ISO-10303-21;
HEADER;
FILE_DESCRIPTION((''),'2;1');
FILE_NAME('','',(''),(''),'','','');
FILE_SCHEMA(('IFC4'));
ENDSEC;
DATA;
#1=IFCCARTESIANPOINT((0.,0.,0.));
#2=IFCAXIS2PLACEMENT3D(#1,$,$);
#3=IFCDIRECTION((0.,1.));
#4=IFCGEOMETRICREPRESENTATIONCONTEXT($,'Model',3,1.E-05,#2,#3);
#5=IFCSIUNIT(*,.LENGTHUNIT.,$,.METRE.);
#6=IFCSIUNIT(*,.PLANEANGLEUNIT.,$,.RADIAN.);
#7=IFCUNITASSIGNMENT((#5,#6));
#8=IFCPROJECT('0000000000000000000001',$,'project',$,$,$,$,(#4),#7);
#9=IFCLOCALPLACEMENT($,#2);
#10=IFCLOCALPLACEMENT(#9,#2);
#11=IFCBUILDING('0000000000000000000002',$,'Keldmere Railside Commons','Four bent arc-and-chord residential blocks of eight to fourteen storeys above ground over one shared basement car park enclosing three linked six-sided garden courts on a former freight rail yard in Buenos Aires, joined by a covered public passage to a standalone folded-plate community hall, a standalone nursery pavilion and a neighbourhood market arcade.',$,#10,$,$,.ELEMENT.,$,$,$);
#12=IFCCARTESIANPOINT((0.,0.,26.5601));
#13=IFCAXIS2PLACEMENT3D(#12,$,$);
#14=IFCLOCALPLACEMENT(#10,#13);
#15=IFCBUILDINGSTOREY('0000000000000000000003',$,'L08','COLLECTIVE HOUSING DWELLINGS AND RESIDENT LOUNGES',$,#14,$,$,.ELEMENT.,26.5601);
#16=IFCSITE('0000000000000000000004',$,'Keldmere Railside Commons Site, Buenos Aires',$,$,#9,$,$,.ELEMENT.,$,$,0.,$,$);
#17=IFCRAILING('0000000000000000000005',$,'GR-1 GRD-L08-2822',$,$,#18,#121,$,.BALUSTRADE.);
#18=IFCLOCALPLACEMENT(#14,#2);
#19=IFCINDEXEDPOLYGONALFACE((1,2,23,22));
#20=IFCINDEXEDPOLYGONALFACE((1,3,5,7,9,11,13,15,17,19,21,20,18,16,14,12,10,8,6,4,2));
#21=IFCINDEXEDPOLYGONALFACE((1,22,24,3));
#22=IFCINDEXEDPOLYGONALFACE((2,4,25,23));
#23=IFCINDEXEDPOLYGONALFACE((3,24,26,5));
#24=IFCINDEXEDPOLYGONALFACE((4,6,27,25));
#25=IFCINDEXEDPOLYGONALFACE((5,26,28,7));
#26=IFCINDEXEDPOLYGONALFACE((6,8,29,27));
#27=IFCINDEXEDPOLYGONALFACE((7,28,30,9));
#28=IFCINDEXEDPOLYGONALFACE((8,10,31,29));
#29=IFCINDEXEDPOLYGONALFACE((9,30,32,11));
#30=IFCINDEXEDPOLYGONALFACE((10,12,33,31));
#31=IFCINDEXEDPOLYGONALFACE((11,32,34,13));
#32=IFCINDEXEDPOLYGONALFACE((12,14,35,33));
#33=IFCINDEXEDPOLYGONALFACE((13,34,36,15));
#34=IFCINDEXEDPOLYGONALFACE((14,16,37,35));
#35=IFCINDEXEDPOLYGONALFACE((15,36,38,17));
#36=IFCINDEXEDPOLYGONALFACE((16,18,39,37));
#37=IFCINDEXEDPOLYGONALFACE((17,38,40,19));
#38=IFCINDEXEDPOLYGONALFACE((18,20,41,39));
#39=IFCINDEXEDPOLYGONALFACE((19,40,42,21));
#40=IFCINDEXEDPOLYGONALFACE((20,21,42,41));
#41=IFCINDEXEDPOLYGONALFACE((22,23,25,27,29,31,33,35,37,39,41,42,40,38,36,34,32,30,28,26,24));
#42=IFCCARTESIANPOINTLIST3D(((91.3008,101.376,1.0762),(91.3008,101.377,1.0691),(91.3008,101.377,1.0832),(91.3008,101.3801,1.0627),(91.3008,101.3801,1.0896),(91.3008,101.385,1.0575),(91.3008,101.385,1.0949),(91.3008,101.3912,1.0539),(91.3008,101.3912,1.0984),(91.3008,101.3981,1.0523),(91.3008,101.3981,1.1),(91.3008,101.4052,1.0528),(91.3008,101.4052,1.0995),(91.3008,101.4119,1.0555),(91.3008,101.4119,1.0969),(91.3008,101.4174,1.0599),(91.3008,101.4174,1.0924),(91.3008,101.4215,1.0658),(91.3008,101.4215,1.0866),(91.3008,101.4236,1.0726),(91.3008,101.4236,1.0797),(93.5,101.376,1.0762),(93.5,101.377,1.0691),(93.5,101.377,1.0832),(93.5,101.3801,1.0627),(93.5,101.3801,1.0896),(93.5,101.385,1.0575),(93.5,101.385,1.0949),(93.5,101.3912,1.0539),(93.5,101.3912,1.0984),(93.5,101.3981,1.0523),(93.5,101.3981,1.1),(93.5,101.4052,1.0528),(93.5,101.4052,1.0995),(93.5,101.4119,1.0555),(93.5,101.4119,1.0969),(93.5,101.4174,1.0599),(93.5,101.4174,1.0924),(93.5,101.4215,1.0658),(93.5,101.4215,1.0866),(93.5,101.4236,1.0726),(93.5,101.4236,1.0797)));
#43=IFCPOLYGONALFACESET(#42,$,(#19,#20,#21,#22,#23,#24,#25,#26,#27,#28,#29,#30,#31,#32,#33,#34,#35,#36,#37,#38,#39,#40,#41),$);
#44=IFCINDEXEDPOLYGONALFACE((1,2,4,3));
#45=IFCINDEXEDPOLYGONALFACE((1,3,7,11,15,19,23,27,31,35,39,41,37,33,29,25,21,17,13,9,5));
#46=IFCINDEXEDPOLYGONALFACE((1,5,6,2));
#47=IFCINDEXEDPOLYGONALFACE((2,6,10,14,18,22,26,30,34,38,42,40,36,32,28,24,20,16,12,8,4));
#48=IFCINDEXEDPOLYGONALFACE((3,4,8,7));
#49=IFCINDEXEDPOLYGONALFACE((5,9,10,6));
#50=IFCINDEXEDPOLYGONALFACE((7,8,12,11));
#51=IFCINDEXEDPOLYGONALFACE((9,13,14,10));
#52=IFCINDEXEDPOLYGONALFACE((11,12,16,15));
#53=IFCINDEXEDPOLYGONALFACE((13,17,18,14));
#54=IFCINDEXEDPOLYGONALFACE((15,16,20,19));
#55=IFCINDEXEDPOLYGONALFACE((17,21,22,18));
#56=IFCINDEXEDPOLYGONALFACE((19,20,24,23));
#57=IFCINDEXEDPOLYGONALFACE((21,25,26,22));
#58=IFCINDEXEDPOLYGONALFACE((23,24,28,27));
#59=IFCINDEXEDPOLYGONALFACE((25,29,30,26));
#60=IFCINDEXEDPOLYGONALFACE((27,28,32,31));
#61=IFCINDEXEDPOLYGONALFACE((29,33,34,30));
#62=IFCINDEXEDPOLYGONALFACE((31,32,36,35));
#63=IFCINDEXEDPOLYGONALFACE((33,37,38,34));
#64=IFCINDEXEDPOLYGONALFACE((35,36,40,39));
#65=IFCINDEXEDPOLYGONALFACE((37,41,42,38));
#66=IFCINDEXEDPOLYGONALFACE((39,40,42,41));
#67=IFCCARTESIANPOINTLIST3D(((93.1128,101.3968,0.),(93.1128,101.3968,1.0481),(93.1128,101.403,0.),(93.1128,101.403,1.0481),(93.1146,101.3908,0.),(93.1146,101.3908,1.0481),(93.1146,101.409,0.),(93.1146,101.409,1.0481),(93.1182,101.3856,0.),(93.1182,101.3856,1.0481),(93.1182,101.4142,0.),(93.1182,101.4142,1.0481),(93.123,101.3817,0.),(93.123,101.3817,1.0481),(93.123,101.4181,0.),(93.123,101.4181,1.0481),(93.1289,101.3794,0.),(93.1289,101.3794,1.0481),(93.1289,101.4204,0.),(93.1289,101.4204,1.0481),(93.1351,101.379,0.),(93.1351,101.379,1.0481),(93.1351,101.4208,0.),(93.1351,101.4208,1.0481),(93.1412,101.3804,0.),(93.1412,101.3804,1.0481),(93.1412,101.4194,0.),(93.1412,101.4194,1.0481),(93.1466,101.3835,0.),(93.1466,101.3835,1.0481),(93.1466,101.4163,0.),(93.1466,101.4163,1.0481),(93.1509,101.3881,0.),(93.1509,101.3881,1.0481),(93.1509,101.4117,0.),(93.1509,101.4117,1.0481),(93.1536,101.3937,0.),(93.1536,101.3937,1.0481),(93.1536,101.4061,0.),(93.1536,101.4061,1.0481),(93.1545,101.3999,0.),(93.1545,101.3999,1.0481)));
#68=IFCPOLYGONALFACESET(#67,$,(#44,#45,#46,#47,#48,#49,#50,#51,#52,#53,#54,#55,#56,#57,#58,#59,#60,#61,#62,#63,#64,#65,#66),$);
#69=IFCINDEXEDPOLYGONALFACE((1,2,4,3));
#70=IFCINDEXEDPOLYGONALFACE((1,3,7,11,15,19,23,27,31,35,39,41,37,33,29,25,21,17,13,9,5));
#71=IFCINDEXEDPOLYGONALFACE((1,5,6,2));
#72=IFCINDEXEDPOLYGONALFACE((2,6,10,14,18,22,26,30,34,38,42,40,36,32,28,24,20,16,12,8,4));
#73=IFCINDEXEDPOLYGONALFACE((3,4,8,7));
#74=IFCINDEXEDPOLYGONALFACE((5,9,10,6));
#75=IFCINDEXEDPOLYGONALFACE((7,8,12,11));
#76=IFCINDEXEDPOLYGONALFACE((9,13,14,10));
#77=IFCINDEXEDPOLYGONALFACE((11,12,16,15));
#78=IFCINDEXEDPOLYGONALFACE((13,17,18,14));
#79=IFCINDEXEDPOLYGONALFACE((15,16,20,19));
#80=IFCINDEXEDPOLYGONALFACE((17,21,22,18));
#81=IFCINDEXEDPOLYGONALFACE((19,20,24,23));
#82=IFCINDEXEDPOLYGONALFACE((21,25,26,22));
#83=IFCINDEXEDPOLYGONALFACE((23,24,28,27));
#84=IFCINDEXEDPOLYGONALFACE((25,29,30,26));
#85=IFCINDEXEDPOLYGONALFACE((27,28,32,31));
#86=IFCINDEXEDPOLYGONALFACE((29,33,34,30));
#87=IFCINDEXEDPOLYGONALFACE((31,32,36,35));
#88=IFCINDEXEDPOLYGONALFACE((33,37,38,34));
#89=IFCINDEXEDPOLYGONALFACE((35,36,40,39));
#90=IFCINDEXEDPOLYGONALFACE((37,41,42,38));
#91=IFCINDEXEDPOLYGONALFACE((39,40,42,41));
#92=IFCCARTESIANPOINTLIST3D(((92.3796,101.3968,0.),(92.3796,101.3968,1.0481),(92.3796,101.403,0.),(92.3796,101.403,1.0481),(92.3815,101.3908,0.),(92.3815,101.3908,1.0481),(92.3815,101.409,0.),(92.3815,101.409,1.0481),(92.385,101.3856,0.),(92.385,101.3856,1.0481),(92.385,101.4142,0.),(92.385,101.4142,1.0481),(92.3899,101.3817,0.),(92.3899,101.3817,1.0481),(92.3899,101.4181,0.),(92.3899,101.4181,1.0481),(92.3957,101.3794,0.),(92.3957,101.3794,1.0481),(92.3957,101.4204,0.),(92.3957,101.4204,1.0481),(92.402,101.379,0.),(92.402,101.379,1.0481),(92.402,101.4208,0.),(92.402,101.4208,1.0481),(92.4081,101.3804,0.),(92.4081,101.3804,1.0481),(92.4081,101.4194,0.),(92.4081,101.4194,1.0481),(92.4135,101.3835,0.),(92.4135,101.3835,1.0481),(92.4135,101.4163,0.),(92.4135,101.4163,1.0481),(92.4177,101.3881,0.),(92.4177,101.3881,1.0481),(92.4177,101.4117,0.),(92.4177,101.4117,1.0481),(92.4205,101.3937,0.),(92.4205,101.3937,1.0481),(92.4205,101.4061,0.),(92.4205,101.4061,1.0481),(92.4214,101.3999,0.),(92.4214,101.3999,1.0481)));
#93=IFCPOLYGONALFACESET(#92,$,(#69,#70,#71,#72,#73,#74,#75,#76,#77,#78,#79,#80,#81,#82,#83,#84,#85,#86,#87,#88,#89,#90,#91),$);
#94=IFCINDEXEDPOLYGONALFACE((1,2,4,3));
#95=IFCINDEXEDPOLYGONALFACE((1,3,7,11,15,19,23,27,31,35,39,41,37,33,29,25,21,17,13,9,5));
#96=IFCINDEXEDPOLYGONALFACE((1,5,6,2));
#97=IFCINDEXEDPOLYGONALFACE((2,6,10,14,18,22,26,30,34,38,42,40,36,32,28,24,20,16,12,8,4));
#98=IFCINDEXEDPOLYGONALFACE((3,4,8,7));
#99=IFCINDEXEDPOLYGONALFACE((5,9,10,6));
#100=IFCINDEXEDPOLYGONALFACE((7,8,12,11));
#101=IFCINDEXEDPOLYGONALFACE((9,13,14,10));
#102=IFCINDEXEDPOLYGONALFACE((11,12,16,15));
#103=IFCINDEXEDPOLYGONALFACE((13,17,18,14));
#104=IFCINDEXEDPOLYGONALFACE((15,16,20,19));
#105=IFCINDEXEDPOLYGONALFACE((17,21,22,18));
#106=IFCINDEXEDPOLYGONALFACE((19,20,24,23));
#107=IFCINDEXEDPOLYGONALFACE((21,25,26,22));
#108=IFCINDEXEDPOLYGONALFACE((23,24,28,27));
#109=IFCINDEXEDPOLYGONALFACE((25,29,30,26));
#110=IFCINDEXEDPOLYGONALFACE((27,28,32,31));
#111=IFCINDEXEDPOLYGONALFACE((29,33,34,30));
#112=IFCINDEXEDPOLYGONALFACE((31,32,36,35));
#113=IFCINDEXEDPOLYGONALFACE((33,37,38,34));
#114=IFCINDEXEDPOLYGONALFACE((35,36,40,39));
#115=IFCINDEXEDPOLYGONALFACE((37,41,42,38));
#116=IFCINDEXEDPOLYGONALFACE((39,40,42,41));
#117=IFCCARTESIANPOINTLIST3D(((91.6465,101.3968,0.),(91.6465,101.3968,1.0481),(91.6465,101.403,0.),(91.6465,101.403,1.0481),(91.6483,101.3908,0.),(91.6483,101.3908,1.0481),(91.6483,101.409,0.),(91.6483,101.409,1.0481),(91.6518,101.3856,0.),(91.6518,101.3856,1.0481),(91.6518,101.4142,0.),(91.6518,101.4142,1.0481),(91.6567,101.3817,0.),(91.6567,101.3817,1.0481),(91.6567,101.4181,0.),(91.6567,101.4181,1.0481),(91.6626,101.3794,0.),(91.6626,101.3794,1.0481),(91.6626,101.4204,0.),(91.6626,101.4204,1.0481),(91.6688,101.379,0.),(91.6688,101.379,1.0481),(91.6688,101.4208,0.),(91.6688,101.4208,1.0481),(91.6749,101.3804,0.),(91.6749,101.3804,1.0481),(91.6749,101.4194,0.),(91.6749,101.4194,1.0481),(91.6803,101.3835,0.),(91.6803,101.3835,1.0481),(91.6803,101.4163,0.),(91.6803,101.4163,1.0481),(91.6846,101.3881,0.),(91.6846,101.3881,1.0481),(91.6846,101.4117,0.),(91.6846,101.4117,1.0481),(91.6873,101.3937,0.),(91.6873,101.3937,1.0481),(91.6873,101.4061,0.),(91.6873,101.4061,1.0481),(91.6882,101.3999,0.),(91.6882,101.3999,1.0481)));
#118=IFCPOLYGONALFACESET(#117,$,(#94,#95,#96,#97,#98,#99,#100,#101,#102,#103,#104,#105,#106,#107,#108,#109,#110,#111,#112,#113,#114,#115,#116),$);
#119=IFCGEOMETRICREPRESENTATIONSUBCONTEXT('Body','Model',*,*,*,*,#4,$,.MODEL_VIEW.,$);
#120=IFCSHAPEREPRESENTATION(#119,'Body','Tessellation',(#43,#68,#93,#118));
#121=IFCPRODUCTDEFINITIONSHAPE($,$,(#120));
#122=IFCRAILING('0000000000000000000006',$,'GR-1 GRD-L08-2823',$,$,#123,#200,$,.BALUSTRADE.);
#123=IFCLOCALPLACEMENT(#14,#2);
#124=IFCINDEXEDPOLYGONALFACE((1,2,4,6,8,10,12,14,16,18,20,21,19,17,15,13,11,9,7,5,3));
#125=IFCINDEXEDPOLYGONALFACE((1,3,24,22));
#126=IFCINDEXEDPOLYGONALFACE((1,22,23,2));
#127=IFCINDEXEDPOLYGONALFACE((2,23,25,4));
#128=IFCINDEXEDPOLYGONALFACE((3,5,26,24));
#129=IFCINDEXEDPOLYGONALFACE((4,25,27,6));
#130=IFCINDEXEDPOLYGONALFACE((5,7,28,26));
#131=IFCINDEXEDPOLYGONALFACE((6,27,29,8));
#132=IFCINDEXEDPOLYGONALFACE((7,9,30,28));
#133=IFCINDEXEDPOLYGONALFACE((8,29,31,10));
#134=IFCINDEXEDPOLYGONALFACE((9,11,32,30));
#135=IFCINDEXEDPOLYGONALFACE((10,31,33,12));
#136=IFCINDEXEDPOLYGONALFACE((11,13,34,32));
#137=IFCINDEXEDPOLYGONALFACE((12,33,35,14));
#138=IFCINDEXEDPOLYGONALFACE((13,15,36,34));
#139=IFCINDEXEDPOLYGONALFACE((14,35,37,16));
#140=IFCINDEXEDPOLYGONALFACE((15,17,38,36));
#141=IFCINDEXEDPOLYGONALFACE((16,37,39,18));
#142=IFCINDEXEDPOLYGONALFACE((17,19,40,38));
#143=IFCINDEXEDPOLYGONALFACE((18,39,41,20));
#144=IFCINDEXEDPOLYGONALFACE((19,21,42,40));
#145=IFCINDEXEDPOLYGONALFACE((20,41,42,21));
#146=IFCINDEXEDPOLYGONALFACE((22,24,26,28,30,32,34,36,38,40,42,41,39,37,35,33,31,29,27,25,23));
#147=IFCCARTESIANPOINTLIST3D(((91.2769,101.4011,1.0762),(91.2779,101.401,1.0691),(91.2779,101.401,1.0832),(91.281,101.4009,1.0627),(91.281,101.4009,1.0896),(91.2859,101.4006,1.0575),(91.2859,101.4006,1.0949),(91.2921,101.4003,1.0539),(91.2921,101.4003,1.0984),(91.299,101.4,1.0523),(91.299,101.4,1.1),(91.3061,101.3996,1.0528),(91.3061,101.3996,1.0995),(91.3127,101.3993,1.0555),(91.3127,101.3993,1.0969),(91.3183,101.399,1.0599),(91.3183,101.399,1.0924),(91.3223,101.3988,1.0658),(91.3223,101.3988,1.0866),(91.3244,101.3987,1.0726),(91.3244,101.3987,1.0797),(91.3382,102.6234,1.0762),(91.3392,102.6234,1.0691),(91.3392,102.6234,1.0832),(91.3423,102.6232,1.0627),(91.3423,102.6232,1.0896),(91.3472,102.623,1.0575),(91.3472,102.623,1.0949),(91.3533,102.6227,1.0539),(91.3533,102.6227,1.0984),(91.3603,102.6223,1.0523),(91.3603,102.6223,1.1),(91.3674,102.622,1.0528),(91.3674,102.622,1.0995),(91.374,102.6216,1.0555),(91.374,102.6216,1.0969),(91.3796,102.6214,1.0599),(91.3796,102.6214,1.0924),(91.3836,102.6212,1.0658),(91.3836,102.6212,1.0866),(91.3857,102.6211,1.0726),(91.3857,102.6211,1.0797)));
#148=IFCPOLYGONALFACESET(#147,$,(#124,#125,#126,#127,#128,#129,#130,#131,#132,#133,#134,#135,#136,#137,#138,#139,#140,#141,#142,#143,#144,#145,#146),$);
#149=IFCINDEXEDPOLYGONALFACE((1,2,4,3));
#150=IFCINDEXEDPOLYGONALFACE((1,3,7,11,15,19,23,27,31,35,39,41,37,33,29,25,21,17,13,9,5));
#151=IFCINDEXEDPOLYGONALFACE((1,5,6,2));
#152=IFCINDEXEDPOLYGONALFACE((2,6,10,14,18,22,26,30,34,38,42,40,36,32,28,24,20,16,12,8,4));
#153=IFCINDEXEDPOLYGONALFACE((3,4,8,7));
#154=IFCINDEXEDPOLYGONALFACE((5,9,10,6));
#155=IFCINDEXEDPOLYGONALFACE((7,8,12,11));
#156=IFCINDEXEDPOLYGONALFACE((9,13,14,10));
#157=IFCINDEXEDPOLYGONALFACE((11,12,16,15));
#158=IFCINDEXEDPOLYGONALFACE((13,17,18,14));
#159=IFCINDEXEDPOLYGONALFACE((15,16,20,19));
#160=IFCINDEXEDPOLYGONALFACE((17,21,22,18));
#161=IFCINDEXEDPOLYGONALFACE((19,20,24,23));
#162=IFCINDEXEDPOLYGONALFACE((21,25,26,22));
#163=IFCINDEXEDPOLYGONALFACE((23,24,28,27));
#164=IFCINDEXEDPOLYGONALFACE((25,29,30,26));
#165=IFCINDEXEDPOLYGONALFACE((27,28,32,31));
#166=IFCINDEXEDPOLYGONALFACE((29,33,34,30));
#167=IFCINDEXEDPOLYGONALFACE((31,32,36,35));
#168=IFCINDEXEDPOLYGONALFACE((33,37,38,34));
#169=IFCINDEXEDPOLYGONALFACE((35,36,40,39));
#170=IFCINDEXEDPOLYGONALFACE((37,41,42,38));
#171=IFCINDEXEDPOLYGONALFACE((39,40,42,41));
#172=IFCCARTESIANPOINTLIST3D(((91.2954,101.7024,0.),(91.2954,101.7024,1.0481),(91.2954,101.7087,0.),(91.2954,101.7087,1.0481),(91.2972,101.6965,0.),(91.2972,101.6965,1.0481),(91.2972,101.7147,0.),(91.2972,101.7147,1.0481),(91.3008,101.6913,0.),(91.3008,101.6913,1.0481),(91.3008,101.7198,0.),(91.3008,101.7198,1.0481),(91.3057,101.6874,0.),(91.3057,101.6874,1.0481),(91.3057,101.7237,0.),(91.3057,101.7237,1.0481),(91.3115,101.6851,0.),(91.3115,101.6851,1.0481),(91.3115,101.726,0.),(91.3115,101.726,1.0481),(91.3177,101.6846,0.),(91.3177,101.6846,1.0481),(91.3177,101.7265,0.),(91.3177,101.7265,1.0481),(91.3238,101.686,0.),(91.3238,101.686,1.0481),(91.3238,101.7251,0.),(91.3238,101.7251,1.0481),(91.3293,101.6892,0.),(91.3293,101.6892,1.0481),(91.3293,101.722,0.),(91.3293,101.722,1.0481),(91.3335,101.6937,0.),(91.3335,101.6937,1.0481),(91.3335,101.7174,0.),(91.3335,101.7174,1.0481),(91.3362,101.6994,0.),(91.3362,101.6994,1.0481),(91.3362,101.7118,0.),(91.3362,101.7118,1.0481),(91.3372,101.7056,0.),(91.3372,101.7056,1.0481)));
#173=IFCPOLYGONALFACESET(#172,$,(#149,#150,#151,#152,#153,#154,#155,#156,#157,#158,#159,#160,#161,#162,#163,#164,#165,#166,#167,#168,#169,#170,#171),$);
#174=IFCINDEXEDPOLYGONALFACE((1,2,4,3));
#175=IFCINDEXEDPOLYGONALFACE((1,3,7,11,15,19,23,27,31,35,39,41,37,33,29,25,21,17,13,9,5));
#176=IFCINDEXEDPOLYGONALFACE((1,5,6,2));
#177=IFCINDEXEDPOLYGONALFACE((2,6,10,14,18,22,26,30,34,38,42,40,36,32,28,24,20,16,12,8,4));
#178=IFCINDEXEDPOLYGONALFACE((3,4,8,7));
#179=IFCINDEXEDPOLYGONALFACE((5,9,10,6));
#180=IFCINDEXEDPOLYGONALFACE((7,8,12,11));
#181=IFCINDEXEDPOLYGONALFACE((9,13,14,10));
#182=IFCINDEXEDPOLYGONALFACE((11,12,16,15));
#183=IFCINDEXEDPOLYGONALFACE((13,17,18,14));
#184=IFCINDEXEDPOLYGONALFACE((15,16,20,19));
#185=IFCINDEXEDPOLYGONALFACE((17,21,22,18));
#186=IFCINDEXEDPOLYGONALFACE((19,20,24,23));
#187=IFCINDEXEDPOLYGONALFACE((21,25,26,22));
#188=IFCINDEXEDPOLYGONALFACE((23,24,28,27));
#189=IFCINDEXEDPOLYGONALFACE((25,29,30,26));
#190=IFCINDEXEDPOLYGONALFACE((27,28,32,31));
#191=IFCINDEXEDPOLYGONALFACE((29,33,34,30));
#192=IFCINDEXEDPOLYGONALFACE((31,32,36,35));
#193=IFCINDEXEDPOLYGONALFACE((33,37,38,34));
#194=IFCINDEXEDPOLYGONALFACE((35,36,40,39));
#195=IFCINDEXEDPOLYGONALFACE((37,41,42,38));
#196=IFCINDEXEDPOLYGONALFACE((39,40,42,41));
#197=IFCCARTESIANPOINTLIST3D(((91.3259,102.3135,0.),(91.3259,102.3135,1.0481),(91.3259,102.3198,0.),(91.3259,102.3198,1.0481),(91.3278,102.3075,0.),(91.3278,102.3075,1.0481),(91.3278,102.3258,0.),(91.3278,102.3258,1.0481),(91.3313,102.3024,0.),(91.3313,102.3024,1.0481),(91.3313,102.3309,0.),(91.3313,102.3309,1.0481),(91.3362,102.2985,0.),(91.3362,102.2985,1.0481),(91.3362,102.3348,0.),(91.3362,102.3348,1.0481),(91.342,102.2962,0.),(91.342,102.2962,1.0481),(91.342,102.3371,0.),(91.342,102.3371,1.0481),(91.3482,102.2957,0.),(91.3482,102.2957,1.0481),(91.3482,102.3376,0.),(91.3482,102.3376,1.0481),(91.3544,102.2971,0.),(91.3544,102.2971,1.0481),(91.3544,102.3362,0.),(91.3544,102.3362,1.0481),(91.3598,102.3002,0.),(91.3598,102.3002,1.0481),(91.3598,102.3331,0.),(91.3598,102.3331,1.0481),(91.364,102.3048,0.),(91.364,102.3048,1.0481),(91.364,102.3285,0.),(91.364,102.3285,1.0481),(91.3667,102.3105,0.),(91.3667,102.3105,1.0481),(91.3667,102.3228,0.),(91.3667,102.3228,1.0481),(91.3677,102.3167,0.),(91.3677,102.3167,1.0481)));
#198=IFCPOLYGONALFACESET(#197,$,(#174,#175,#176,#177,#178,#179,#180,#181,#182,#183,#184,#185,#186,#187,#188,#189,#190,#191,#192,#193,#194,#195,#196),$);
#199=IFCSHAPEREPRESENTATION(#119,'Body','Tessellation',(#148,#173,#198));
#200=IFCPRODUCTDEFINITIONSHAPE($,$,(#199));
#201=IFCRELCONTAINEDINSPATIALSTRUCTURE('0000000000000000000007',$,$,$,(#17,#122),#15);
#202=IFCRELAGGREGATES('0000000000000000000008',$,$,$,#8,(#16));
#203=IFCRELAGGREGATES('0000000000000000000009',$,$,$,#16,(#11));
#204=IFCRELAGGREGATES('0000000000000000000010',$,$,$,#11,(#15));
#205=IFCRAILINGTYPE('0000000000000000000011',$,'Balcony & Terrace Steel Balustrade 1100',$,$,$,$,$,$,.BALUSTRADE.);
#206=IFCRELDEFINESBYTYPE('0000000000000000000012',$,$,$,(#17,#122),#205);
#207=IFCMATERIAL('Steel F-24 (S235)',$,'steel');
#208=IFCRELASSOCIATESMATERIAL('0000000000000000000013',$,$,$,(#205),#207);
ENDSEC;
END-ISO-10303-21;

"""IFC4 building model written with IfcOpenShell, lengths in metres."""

from ifc_helpers import new_model, si_unit, direction, frame, origin, origin_2d, place, context, subcontext, project, spatial, circle, extrude, material, type_object, element, save


model = new_model("IFC4")

# Units and contexts
model_context = context("Model", 3, precision=1e-05, world=origin(), true_north=direction((0.0, 1.0)))
body_context = subcontext(model_context, "Body", "Model", "MODEL_VIEW")
ifc_project = project(units=[si_unit("LENGTHUNIT", "METRE"), si_unit("PLANEANGLEUNIT", "RADIAN")], contexts=[model_context])

# Site, building, storey
site_placement = place(None, origin())
site = spatial("IfcSite", under=ifc_project, at=site_placement, Name="Keldmere Railside Commons Site, Buenos Aires", CompositionType="ELEMENT", RefElevation=0.0)
building_placement = place(site_placement, origin())
building = spatial("IfcBuilding", under=site, at=building_placement, Name="Keldmere Railside Commons", Description="Four bent arc-and-chord residential blocks of eight to fourteen storeys above ground over one shared basement car park enclosing three linked six-sided garden courts on a former freight rail yard in Buenos Aires, joined by a covered public passage to a standalone folded-plate community hall, a standalone nursery pavilion and a neighbourhood market arcade.", CompositionType="ELEMENT")
storey_placement = place(building_placement, frame((0.0, 0.0, 26.5601)))
storey = spatial("IfcBuildingStorey", under=building, at=storey_placement, Name="L08", Description="COLLECTIVE HOUSING DWELLINGS AND RESIDENT LOUNGES", CompositionType="ELEMENT", Elevation=26.5601)

# Railings
ifc_material_1 = material(Name="Steel F-24 (S235)", Category="steel")
railing_type = type_object("IfcRailingType", Name="Balcony & Terrace Steel Balustrade 1100", PredefinedType="BALUSTRADE", material=ifc_material_1)
railing_1_placement = place(storey_placement, frame((93.5, 101.3999, 0.0)))
element("IfcRailing", 1, at=railing_1_placement, inside=storey, type_object=railing_type, Name="GR-1 GRD-L08-2822", PredefinedType="BALUSTRADE", context=body_context, shape_type="SweptSolid", body=[
    extrude(circle(Radius=0.0239, at=origin_2d()), frame((0.0, 0.0, 1.0762), z_axis=(-1.0, 0.0, 0.0), x_axis=(0.0, -1.0, 0.0)), (0.0, 0.0, 1.0), 2.1992),
    extrude(circle(Radius=0.021, at=origin_2d()), frame((-0.3665, 0.0, 0.0)), (0.0, 0.0, 1.0), 1.0481),
    extrude(circle(Radius=0.021, at=origin_2d()), frame((-1.0996, 0.0, 0.0)), (0.0, 0.0, 1.0), 1.0481),
    extrude(circle(Radius=0.021, at=origin_2d()), frame((-1.8328, 0.0, 0.0)), (0.0, 0.0, 1.0), 1.0481),
])
railing_2_placement = place(storey_placement, frame((91.3008, 101.3999, 0.0)))
element("IfcRailing", 2, at=railing_2_placement, inside=storey, type_object=railing_type, Name="GR-1 GRD-L08-2823", PredefinedType="BALUSTRADE", context=body_context, shape_type="SweptSolid", body=[
    extrude(circle(Radius=0.0239, at=origin_2d()), frame((0.0, 0.0, 1.0762), z_axis=(0.050067, 0.998746, 0.0), x_axis=(-0.998746, 0.050067, 0.0)), (0.0, 0.0, 1.0), 1.2239),
    extrude(circle(Radius=0.021, at=origin_2d()), frame((0.0154, 0.3057, 0.0)), (0.0, 0.0, 1.0), 1.0481),
    extrude(circle(Radius=0.021, at=origin_2d()), frame((0.0459, 0.9167, 0.0)), (0.0, 0.0, 1.0), 1.0481),
])

save(model, "model.ifc")
